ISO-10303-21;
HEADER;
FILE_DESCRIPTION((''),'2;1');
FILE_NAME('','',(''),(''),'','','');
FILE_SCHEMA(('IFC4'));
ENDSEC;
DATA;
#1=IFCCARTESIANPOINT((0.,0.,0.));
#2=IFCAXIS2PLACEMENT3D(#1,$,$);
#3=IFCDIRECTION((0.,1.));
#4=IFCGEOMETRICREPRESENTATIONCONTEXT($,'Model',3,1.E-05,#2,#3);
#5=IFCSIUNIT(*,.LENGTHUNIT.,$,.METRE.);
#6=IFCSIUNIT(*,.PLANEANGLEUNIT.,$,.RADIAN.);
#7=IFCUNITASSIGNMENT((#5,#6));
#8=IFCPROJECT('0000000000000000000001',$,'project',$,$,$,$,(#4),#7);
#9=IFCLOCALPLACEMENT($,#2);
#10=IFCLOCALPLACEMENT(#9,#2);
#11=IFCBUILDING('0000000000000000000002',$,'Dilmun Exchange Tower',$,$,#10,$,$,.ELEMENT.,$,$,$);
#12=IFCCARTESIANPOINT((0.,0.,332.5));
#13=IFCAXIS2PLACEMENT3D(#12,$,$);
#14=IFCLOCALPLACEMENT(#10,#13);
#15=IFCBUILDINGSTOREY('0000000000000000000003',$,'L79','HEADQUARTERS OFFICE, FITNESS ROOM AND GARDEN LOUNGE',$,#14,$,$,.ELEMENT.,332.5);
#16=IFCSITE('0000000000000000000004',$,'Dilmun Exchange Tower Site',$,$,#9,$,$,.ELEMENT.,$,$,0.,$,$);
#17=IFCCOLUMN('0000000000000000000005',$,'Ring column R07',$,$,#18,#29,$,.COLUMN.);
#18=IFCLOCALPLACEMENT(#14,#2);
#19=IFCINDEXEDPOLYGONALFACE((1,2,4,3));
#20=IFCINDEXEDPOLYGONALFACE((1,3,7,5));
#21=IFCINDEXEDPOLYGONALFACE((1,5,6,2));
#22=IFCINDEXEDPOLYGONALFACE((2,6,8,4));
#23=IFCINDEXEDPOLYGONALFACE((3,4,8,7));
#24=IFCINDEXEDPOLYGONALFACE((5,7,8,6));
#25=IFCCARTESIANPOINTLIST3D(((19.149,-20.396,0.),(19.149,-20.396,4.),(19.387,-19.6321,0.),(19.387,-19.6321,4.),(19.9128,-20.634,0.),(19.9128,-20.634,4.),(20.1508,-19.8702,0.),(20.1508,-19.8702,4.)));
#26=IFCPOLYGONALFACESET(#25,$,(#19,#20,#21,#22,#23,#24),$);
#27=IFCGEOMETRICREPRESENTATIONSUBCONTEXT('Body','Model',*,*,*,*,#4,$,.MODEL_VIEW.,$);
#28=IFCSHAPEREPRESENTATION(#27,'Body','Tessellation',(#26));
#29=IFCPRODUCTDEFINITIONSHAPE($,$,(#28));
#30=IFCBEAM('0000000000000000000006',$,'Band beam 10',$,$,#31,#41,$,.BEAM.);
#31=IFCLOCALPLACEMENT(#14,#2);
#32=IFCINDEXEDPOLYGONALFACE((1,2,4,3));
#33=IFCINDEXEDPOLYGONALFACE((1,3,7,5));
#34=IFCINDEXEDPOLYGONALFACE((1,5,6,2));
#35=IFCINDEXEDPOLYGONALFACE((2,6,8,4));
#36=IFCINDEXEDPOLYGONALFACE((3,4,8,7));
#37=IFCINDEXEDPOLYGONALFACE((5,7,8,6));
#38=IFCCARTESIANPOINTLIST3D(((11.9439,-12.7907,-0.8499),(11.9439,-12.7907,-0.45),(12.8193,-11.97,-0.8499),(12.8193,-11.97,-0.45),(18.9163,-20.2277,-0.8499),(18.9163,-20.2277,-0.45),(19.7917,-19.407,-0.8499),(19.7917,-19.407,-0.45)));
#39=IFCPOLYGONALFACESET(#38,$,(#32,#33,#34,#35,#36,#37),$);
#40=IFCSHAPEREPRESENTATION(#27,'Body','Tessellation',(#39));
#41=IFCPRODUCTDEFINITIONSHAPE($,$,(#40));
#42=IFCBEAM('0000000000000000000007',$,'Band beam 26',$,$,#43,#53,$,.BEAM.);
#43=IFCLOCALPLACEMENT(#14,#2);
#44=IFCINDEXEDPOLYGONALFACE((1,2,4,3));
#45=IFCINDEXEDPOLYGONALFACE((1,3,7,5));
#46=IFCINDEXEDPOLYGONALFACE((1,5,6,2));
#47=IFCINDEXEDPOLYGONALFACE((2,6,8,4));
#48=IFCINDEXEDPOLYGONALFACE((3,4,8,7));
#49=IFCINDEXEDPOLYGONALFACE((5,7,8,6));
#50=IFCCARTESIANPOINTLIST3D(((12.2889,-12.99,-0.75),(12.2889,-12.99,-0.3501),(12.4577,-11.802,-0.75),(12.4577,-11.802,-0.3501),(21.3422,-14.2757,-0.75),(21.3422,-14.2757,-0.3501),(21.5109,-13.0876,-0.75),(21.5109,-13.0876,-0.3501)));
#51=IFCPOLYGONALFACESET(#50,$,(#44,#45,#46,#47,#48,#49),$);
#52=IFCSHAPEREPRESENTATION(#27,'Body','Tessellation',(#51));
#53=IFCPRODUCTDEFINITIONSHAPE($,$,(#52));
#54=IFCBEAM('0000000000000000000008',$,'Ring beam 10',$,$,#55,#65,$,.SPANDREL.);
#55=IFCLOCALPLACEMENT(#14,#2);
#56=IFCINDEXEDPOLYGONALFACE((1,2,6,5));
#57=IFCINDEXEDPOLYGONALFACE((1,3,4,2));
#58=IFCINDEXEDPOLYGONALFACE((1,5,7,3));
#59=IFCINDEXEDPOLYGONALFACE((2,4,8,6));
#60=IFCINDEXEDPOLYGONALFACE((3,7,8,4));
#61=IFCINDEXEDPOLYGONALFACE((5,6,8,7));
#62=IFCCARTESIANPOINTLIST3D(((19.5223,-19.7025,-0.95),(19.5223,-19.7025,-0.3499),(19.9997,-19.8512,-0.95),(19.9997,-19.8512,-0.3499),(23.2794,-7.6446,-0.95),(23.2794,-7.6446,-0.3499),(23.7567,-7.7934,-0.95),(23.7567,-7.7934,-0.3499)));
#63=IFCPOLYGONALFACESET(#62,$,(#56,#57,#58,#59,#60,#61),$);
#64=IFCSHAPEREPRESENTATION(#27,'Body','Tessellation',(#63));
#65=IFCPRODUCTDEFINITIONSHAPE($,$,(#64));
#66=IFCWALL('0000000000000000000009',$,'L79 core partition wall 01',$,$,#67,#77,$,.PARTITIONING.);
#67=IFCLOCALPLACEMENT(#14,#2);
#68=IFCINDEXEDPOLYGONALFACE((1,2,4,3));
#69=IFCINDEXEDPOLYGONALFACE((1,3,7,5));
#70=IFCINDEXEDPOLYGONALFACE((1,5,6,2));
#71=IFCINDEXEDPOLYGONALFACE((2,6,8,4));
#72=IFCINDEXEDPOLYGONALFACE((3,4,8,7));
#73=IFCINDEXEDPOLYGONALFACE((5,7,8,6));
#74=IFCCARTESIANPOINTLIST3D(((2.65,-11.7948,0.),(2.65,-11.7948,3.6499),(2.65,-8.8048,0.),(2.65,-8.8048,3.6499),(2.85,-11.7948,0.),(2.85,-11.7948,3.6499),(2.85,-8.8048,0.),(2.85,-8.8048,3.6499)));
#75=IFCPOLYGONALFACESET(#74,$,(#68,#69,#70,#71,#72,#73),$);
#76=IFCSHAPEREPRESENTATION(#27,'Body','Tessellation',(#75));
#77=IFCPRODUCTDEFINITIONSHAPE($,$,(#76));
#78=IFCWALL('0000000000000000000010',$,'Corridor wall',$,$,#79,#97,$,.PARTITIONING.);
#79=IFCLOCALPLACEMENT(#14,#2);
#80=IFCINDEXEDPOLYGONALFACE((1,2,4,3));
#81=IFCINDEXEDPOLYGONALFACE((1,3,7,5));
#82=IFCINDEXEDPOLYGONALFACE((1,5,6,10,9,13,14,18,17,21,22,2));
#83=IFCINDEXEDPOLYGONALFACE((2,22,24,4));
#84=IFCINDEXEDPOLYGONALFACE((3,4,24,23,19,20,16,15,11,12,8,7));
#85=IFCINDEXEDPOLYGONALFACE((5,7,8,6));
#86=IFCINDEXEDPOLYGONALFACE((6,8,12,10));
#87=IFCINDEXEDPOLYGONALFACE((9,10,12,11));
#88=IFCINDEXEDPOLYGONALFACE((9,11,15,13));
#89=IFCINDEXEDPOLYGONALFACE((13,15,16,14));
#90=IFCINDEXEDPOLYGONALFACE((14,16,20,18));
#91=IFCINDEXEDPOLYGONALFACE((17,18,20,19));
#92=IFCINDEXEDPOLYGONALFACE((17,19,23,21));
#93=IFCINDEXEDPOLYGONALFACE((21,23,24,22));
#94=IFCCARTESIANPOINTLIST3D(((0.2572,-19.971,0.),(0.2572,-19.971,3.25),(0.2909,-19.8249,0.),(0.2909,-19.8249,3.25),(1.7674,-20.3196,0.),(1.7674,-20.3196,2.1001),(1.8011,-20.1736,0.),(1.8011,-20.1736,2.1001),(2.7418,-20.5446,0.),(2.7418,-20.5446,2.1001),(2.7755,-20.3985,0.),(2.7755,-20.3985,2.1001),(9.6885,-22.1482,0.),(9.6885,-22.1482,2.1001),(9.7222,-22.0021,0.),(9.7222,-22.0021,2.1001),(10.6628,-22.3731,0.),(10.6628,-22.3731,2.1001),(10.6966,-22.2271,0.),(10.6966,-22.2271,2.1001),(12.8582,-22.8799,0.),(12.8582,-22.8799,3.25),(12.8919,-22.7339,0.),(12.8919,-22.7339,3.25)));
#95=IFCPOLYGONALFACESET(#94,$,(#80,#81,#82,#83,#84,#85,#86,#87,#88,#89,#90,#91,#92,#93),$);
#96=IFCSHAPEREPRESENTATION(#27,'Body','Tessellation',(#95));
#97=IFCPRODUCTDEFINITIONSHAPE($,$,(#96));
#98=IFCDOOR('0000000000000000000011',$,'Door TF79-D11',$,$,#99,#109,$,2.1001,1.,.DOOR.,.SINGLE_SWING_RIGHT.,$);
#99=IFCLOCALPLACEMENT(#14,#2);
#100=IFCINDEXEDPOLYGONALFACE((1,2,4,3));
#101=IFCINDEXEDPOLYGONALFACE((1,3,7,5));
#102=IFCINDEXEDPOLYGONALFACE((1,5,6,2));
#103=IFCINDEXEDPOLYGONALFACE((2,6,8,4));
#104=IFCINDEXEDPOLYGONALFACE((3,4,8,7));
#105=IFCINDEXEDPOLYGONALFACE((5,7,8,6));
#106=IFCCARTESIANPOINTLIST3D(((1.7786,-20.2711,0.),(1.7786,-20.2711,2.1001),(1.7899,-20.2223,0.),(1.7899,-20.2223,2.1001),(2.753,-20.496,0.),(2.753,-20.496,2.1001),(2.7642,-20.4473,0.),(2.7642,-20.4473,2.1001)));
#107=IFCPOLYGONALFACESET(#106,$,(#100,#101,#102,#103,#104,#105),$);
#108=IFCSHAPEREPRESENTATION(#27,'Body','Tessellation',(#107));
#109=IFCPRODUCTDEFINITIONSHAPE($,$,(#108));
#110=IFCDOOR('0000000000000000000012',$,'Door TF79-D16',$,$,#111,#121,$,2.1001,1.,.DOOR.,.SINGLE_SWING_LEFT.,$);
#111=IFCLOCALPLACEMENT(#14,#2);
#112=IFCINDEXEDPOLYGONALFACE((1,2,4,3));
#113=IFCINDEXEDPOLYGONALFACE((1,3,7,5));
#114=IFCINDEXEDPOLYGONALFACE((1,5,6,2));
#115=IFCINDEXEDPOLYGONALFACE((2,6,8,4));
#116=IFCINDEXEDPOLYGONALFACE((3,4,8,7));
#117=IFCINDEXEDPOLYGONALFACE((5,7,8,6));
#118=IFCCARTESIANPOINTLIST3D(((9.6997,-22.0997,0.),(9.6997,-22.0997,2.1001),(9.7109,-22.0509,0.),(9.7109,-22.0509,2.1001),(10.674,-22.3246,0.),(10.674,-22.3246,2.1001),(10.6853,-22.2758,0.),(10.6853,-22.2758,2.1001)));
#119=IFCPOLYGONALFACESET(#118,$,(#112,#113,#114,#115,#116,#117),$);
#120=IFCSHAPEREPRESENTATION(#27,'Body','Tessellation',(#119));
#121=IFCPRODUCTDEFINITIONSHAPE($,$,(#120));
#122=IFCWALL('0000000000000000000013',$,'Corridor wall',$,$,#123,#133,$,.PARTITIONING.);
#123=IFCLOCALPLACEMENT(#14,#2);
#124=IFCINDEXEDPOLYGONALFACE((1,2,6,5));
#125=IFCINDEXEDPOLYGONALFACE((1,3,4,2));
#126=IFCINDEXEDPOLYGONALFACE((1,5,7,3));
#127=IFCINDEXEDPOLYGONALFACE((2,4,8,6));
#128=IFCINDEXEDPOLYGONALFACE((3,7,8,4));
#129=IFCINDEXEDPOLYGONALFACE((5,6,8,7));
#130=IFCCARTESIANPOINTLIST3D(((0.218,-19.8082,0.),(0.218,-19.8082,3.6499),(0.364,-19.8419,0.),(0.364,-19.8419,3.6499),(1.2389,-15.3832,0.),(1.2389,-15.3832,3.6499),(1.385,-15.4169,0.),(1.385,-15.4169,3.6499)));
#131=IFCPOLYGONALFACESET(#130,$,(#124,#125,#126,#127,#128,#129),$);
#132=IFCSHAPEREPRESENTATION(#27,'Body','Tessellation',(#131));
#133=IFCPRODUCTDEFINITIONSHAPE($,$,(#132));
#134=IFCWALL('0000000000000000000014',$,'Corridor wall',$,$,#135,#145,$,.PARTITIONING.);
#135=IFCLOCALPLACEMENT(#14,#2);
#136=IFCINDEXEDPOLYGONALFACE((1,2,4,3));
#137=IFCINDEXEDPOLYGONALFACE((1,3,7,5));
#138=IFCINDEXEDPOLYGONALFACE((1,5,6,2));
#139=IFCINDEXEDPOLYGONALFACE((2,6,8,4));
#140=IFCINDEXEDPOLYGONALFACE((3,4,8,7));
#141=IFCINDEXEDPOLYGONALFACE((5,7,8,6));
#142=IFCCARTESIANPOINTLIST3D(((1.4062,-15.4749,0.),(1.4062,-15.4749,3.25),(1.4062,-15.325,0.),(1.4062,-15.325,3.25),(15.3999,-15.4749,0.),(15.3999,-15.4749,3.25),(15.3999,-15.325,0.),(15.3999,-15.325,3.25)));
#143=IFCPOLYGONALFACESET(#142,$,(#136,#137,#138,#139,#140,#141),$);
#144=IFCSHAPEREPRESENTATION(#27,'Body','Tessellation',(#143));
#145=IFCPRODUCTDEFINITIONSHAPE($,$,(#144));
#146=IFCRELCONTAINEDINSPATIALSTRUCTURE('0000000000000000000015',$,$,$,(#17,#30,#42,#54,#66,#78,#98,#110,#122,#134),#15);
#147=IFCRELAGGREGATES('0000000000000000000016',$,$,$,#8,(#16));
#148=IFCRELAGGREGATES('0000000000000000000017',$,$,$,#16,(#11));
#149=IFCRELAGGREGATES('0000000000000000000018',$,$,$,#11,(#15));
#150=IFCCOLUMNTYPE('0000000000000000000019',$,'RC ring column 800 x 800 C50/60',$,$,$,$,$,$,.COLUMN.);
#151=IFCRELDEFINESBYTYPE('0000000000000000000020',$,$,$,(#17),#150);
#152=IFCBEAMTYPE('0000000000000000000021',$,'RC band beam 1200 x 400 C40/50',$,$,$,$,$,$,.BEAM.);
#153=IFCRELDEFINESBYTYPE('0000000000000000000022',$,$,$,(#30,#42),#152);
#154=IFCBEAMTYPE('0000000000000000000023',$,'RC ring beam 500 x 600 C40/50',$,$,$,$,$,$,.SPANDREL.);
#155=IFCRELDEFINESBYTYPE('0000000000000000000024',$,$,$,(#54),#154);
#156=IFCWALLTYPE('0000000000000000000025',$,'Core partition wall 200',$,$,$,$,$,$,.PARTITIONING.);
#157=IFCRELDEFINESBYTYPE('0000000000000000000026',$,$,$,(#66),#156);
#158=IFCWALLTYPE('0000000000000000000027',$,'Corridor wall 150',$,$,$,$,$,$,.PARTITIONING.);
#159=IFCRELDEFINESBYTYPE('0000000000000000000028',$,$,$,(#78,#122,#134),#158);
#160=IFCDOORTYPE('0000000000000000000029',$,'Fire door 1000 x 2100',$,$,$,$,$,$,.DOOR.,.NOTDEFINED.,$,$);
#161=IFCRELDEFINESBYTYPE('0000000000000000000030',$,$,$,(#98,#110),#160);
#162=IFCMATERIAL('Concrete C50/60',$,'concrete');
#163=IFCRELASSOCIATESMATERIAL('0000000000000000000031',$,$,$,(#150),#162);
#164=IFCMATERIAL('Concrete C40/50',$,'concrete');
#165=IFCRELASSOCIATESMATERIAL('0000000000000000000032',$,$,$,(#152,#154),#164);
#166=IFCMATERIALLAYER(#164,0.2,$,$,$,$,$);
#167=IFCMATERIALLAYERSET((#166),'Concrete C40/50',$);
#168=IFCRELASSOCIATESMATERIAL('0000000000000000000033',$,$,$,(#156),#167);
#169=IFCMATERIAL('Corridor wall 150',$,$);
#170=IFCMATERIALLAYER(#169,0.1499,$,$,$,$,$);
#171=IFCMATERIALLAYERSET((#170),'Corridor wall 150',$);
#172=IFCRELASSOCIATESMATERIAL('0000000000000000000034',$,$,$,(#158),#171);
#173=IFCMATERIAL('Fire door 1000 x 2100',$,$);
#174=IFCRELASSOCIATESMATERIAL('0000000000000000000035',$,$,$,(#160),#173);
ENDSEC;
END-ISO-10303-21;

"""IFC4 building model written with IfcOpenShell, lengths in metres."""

from ifc_helpers import new_model, si_unit, direction, frame, frame_2d, origin, origin_2d, place, context, subcontext, project, spatial, rectangle, extrude, material, layer, layer_set, material_profile, profile_set, type_object, element, fill, save


model = new_model("IFC4")

# Units and contexts
model_context = context("Model", 3, precision=1e-05, world=origin(), true_north=direction((0.0, 1.0)))
body_context = subcontext(model_context, "Body", "Model", "MODEL_VIEW")
ifc_project = project(units=[si_unit("LENGTHUNIT", "METRE"), si_unit("PLANEANGLEUNIT", "RADIAN")], contexts=[model_context])

# Site, building, storey
site_placement = place(None, origin())
site = spatial("IfcSite", under=ifc_project, at=site_placement, Name="Dilmun Exchange Tower Site", CompositionType="ELEMENT", RefElevation=0.0)
building_placement = place(site_placement, origin())
building = spatial("IfcBuilding", under=site, at=building_placement, Name="Dilmun Exchange Tower", CompositionType="ELEMENT")
storey_placement = place(building_placement, frame((0.0, 0.0, 332.5)))
storey = spatial("IfcBuildingStorey", under=building, at=storey_placement, Name="L79", Description="HEADQUARTERS OFFICE, FITNESS ROOM AND GARDEN LOUNGE", CompositionType="ELEMENT", Elevation=332.5)

# Column
ifc_material_1 = material(Name="Concrete C50/60", Category="concrete")
ifc_material_profile_1 = material_profile(ifc_material_1, rectangle(XDim=0.8, YDim=0.8, at=origin_2d()), Name="800 x 800")
ifc_profile_set_1 = profile_set([ifc_material_profile_1], Name="Concrete C50/60")
column_type = type_object("IfcColumnType", Name="RC ring column 800 x 800 C50/60", PredefinedType="COLUMN", material=ifc_profile_set_1)
column_placement = place(storey_placement, frame((19.6499, -20.1331, 0.0), z_axis=(0.0, 0.0, 1.0), x_axis=(0.297503, 0.954721, 0.0)))
element("IfcColumn", 1, at=column_placement, inside=storey, type_object=column_type, Name="Ring column R07", PredefinedType="COLUMN", context=body_context, shape_type="SweptSolid", body=[
    extrude(rectangle(XDim=0.8, YDim=0.8, at=origin_2d()), origin(), (0.0, 0.0, 1.0), 4.0),
])

# Beams
ifc_material_2 = material(Name="Concrete C40/50", Category="concrete")
ifc_material_profile_2 = material_profile(ifc_material_2, rectangle(XDim=1.2, YDim=0.3999, at=origin_2d()), Name="1200 x 400")
ifc_profile_set_2 = profile_set([ifc_material_profile_2], Name="Concrete C40/50")
beam_type_1 = type_object("IfcBeamType", Name="RC band beam 1200 x 400 C40/50", PredefinedType="BEAM", material=ifc_profile_set_2)
beam_1_placement = place(storey_placement, frame((19.354, -19.8174, -0.6499), z_axis=(-0.683952, 0.729527, 0.0), x_axis=(-0.729527, -0.683952, 0.0)))
element("IfcBeam", 2, at=beam_1_placement, inside=storey, type_object=beam_type_1, Name="Band beam 10", PredefinedType="BEAM", context=body_context, shape_type="SweptSolid", body=[
    extrude(rectangle(XDim=1.2, YDim=0.3999, at=origin_2d()), origin(), (0.0, 0.0, 1.0), 10.1943),
])
beam_2_placement = place(storey_placement, frame((21.4265, -13.6816, -0.55), z_axis=(-0.990067, 0.140599, 0.0), x_axis=(-0.140599, -0.990067, 0.0)))
element("IfcBeam", 3, at=beam_2_placement, inside=storey, type_object=beam_type_1, Name="Band beam 26", PredefinedType="BEAM", context=body_context, shape_type="SweptSolid", body=[
    extrude(rectangle(XDim=1.2, YDim=0.3999, at=origin_2d()), origin(), (0.0, 0.0, 1.0), 9.144),
])
ifc_material_profile_3 = material_profile(ifc_material_2, rectangle(XDim=0.5, YDim=0.6001, at=origin_2d()), Name="500 x 600")
ifc_profile_set_3 = profile_set([ifc_material_profile_3], Name="Concrete C40/50")
beam_type_2 = type_object("IfcBeamType", Name="RC ring beam 500 x 600 C40/50", PredefinedType="SPANDREL", material=ifc_profile_set_3)
beam_3_placement = place(storey_placement, frame((19.761, -19.7769, -0.6499), z_axis=(0.297481, 0.954728, 0.0), x_axis=(-0.954728, 0.297481, 0.0)))
element("IfcBeam", 4, at=beam_3_placement, inside=storey, type_object=beam_type_2, Name="Ring beam 10", PredefinedType="SPANDREL", context=body_context, shape_type="SweptSolid", body=[
    extrude(rectangle(XDim=0.5, YDim=0.6001, at=origin_2d()), origin(), (0.0, 0.0, 1.0), 12.6296),
])

# Wall
ifc_layer_1 = layer(ifc_material_2, 0.2)
ifc_layer_set_1 = layer_set([ifc_layer_1], Name="Concrete C40/50")
wall_type_1 = type_object("IfcWallType", Name="Core partition wall 200", PredefinedType="PARTITIONING", material=ifc_layer_set_1)
wall_1_placement = place(storey_placement, frame((2.75, -11.7949, 0.0), z_axis=(0.0, 0.0, 1.0), x_axis=(0.0, 1.0, 0.0)))
element("IfcWall", 5, at=wall_1_placement, inside=storey, type_object=wall_type_1, Name="L79 core partition wall 01", PredefinedType="PARTITIONING", context=body_context, shape_type="SweptSolid", body=[
    extrude(rectangle(XDim=2.99, YDim=0.2, at=frame_2d((1.4951, 0.0))), origin(), (0.0, 0.0, 1.0), 3.6499),
])

# Wall, openings, doors
ifc_material_3 = material(Name="Corridor wall 150")
ifc_layer_2 = layer(ifc_material_3, 0.1499)
ifc_layer_set_2 = layer_set([ifc_layer_2], Name="Corridor wall 150")
wall_type_2 = type_object("IfcWallType", Name="Corridor wall 150", PredefinedType="PARTITIONING", material=ifc_layer_set_2)
wall_2_placement = place(storey_placement, frame((0.2739, -19.8979, 0.0), z_axis=(0.0, 0.0, 1.0), x_axis=(0.974374, -0.224933, 0.0)))
wall_2 = element("IfcWall", 6, at=wall_2_placement, inside=storey, type_object=wall_type_2, Name="Corridor wall", PredefinedType="PARTITIONING", context=body_context, shape_type="SweptSolid", body=[
    extrude(rectangle(XDim=12.9324, YDim=0.1499, at=frame_2d((6.4663, 0.0))), origin(), (0.0, 0.0, 1.0), 3.25),
])
opening_1_placement = place(wall_2_placement, frame((1.55, 0.0, 0.0)))
opening_1 = element("IfcOpeningElement", 7, at=opening_1_placement, cuts=wall_2, PredefinedType="OPENING", context=body_context, shape_type="SweptSolid", body=[
    extrude(rectangle(XDim=1.0, YDim=2.1001, at=frame_2d((0.5, 1.05))), frame((0.0, 0.085, 0.0), z_axis=(0.0, -1.0, 0.0), x_axis=(1.0, 0.0, 0.0)), (0.0, 0.0, 1.0), 0.1699),
])
opening_2_placement = place(wall_2_placement, frame((9.6794, 0.0, 0.0)))
opening_2 = element("IfcOpeningElement", 8, at=opening_2_placement, cuts=wall_2, PredefinedType="OPENING", context=body_context, shape_type="SweptSolid", body=[
    extrude(rectangle(XDim=1.0, YDim=2.1001, at=frame_2d((0.5, 1.05))), frame((0.0, 0.085, 0.0), z_axis=(0.0, -1.0, 0.0), x_axis=(1.0, 0.0, 0.0)), (0.0, 0.0, 1.0), 0.1699),
])
ifc_material_4 = material(Name="Fire door 1000 x 2100")
door_type_1 = type_object("IfcDoorType", Name="Fire door 1000 x 2100", OperationType="NOTDEFINED", PredefinedType="DOOR", material=ifc_material_4)
door_1_placement = place(opening_1_placement, origin())
door_1 = element("IfcDoor", 9, at=door_1_placement, inside=storey, type_object=door_type_1, Name="Door TF79-D11", OperationType="SINGLE_SWING_RIGHT", OverallHeight=2.1001, OverallWidth=1.0, PredefinedType="DOOR", context=body_context, shape_type="SweptSolid", body=[
    extrude(rectangle(XDim=1.0, YDim=2.1001, at=frame_2d((0.5, 1.05))), frame((0.0, 0.0249, 0.0), z_axis=(0.0, -1.0, 0.0), x_axis=(1.0, 0.0, 0.0)), (0.0, 0.0, 1.0), 0.05),
])
fill(opening_1, door_1)
door_2_placement = place(opening_2_placement, origin())
door_2 = element("IfcDoor", 10, at=door_2_placement, inside=storey, type_object=door_type_1, Name="Door TF79-D16", OperationType="SINGLE_SWING_LEFT", OverallHeight=2.1001, OverallWidth=1.0, PredefinedType="DOOR", context=body_context, shape_type="SweptSolid", body=[
    extrude(rectangle(XDim=1.0, YDim=2.1001, at=frame_2d((0.5, 1.05))), frame((0.0, 0.0249, 0.0), z_axis=(0.0, -1.0, 0.0), x_axis=(1.0, 0.0, 0.0)), (0.0, 0.0, 1.0), 0.05),
])
fill(opening_2, door_2)

# Walls
wall_3_placement = place(storey_placement, frame((0.291, -19.825, 0.0), z_axis=(0.0, 0.0, 1.0), x_axis=(0.224824, 0.974399, 0.0)))
element("IfcWall", 11, at=wall_3_placement, inside=storey, type_object=wall_type_2, Name="Corridor wall", PredefinedType="PARTITIONING", context=body_context, shape_type="SweptSolid", body=[
    extrude(rectangle(XDim=4.5413, YDim=0.1499, at=frame_2d((2.2705, 0.0))), origin(), (0.0, 0.0, 1.0), 3.6499),
])
wall_4_placement = place(storey_placement, frame((1.4062, -15.3999, 0.0), z_axis=(0.0, 0.0, 1.0), x_axis=(1.0, 0.0, 0.0)))
element("IfcWall", 12, at=wall_4_placement, inside=storey, type_object=wall_type_2, Name="Corridor wall", PredefinedType="PARTITIONING", context=body_context, shape_type="SweptSolid", body=[
    extrude(rectangle(XDim=13.9937, YDim=0.1499, at=frame_2d((6.9968, 0.0))), origin(), (0.0, 0.0, 1.0), 3.25),
])

save(model, "model.ifc")
